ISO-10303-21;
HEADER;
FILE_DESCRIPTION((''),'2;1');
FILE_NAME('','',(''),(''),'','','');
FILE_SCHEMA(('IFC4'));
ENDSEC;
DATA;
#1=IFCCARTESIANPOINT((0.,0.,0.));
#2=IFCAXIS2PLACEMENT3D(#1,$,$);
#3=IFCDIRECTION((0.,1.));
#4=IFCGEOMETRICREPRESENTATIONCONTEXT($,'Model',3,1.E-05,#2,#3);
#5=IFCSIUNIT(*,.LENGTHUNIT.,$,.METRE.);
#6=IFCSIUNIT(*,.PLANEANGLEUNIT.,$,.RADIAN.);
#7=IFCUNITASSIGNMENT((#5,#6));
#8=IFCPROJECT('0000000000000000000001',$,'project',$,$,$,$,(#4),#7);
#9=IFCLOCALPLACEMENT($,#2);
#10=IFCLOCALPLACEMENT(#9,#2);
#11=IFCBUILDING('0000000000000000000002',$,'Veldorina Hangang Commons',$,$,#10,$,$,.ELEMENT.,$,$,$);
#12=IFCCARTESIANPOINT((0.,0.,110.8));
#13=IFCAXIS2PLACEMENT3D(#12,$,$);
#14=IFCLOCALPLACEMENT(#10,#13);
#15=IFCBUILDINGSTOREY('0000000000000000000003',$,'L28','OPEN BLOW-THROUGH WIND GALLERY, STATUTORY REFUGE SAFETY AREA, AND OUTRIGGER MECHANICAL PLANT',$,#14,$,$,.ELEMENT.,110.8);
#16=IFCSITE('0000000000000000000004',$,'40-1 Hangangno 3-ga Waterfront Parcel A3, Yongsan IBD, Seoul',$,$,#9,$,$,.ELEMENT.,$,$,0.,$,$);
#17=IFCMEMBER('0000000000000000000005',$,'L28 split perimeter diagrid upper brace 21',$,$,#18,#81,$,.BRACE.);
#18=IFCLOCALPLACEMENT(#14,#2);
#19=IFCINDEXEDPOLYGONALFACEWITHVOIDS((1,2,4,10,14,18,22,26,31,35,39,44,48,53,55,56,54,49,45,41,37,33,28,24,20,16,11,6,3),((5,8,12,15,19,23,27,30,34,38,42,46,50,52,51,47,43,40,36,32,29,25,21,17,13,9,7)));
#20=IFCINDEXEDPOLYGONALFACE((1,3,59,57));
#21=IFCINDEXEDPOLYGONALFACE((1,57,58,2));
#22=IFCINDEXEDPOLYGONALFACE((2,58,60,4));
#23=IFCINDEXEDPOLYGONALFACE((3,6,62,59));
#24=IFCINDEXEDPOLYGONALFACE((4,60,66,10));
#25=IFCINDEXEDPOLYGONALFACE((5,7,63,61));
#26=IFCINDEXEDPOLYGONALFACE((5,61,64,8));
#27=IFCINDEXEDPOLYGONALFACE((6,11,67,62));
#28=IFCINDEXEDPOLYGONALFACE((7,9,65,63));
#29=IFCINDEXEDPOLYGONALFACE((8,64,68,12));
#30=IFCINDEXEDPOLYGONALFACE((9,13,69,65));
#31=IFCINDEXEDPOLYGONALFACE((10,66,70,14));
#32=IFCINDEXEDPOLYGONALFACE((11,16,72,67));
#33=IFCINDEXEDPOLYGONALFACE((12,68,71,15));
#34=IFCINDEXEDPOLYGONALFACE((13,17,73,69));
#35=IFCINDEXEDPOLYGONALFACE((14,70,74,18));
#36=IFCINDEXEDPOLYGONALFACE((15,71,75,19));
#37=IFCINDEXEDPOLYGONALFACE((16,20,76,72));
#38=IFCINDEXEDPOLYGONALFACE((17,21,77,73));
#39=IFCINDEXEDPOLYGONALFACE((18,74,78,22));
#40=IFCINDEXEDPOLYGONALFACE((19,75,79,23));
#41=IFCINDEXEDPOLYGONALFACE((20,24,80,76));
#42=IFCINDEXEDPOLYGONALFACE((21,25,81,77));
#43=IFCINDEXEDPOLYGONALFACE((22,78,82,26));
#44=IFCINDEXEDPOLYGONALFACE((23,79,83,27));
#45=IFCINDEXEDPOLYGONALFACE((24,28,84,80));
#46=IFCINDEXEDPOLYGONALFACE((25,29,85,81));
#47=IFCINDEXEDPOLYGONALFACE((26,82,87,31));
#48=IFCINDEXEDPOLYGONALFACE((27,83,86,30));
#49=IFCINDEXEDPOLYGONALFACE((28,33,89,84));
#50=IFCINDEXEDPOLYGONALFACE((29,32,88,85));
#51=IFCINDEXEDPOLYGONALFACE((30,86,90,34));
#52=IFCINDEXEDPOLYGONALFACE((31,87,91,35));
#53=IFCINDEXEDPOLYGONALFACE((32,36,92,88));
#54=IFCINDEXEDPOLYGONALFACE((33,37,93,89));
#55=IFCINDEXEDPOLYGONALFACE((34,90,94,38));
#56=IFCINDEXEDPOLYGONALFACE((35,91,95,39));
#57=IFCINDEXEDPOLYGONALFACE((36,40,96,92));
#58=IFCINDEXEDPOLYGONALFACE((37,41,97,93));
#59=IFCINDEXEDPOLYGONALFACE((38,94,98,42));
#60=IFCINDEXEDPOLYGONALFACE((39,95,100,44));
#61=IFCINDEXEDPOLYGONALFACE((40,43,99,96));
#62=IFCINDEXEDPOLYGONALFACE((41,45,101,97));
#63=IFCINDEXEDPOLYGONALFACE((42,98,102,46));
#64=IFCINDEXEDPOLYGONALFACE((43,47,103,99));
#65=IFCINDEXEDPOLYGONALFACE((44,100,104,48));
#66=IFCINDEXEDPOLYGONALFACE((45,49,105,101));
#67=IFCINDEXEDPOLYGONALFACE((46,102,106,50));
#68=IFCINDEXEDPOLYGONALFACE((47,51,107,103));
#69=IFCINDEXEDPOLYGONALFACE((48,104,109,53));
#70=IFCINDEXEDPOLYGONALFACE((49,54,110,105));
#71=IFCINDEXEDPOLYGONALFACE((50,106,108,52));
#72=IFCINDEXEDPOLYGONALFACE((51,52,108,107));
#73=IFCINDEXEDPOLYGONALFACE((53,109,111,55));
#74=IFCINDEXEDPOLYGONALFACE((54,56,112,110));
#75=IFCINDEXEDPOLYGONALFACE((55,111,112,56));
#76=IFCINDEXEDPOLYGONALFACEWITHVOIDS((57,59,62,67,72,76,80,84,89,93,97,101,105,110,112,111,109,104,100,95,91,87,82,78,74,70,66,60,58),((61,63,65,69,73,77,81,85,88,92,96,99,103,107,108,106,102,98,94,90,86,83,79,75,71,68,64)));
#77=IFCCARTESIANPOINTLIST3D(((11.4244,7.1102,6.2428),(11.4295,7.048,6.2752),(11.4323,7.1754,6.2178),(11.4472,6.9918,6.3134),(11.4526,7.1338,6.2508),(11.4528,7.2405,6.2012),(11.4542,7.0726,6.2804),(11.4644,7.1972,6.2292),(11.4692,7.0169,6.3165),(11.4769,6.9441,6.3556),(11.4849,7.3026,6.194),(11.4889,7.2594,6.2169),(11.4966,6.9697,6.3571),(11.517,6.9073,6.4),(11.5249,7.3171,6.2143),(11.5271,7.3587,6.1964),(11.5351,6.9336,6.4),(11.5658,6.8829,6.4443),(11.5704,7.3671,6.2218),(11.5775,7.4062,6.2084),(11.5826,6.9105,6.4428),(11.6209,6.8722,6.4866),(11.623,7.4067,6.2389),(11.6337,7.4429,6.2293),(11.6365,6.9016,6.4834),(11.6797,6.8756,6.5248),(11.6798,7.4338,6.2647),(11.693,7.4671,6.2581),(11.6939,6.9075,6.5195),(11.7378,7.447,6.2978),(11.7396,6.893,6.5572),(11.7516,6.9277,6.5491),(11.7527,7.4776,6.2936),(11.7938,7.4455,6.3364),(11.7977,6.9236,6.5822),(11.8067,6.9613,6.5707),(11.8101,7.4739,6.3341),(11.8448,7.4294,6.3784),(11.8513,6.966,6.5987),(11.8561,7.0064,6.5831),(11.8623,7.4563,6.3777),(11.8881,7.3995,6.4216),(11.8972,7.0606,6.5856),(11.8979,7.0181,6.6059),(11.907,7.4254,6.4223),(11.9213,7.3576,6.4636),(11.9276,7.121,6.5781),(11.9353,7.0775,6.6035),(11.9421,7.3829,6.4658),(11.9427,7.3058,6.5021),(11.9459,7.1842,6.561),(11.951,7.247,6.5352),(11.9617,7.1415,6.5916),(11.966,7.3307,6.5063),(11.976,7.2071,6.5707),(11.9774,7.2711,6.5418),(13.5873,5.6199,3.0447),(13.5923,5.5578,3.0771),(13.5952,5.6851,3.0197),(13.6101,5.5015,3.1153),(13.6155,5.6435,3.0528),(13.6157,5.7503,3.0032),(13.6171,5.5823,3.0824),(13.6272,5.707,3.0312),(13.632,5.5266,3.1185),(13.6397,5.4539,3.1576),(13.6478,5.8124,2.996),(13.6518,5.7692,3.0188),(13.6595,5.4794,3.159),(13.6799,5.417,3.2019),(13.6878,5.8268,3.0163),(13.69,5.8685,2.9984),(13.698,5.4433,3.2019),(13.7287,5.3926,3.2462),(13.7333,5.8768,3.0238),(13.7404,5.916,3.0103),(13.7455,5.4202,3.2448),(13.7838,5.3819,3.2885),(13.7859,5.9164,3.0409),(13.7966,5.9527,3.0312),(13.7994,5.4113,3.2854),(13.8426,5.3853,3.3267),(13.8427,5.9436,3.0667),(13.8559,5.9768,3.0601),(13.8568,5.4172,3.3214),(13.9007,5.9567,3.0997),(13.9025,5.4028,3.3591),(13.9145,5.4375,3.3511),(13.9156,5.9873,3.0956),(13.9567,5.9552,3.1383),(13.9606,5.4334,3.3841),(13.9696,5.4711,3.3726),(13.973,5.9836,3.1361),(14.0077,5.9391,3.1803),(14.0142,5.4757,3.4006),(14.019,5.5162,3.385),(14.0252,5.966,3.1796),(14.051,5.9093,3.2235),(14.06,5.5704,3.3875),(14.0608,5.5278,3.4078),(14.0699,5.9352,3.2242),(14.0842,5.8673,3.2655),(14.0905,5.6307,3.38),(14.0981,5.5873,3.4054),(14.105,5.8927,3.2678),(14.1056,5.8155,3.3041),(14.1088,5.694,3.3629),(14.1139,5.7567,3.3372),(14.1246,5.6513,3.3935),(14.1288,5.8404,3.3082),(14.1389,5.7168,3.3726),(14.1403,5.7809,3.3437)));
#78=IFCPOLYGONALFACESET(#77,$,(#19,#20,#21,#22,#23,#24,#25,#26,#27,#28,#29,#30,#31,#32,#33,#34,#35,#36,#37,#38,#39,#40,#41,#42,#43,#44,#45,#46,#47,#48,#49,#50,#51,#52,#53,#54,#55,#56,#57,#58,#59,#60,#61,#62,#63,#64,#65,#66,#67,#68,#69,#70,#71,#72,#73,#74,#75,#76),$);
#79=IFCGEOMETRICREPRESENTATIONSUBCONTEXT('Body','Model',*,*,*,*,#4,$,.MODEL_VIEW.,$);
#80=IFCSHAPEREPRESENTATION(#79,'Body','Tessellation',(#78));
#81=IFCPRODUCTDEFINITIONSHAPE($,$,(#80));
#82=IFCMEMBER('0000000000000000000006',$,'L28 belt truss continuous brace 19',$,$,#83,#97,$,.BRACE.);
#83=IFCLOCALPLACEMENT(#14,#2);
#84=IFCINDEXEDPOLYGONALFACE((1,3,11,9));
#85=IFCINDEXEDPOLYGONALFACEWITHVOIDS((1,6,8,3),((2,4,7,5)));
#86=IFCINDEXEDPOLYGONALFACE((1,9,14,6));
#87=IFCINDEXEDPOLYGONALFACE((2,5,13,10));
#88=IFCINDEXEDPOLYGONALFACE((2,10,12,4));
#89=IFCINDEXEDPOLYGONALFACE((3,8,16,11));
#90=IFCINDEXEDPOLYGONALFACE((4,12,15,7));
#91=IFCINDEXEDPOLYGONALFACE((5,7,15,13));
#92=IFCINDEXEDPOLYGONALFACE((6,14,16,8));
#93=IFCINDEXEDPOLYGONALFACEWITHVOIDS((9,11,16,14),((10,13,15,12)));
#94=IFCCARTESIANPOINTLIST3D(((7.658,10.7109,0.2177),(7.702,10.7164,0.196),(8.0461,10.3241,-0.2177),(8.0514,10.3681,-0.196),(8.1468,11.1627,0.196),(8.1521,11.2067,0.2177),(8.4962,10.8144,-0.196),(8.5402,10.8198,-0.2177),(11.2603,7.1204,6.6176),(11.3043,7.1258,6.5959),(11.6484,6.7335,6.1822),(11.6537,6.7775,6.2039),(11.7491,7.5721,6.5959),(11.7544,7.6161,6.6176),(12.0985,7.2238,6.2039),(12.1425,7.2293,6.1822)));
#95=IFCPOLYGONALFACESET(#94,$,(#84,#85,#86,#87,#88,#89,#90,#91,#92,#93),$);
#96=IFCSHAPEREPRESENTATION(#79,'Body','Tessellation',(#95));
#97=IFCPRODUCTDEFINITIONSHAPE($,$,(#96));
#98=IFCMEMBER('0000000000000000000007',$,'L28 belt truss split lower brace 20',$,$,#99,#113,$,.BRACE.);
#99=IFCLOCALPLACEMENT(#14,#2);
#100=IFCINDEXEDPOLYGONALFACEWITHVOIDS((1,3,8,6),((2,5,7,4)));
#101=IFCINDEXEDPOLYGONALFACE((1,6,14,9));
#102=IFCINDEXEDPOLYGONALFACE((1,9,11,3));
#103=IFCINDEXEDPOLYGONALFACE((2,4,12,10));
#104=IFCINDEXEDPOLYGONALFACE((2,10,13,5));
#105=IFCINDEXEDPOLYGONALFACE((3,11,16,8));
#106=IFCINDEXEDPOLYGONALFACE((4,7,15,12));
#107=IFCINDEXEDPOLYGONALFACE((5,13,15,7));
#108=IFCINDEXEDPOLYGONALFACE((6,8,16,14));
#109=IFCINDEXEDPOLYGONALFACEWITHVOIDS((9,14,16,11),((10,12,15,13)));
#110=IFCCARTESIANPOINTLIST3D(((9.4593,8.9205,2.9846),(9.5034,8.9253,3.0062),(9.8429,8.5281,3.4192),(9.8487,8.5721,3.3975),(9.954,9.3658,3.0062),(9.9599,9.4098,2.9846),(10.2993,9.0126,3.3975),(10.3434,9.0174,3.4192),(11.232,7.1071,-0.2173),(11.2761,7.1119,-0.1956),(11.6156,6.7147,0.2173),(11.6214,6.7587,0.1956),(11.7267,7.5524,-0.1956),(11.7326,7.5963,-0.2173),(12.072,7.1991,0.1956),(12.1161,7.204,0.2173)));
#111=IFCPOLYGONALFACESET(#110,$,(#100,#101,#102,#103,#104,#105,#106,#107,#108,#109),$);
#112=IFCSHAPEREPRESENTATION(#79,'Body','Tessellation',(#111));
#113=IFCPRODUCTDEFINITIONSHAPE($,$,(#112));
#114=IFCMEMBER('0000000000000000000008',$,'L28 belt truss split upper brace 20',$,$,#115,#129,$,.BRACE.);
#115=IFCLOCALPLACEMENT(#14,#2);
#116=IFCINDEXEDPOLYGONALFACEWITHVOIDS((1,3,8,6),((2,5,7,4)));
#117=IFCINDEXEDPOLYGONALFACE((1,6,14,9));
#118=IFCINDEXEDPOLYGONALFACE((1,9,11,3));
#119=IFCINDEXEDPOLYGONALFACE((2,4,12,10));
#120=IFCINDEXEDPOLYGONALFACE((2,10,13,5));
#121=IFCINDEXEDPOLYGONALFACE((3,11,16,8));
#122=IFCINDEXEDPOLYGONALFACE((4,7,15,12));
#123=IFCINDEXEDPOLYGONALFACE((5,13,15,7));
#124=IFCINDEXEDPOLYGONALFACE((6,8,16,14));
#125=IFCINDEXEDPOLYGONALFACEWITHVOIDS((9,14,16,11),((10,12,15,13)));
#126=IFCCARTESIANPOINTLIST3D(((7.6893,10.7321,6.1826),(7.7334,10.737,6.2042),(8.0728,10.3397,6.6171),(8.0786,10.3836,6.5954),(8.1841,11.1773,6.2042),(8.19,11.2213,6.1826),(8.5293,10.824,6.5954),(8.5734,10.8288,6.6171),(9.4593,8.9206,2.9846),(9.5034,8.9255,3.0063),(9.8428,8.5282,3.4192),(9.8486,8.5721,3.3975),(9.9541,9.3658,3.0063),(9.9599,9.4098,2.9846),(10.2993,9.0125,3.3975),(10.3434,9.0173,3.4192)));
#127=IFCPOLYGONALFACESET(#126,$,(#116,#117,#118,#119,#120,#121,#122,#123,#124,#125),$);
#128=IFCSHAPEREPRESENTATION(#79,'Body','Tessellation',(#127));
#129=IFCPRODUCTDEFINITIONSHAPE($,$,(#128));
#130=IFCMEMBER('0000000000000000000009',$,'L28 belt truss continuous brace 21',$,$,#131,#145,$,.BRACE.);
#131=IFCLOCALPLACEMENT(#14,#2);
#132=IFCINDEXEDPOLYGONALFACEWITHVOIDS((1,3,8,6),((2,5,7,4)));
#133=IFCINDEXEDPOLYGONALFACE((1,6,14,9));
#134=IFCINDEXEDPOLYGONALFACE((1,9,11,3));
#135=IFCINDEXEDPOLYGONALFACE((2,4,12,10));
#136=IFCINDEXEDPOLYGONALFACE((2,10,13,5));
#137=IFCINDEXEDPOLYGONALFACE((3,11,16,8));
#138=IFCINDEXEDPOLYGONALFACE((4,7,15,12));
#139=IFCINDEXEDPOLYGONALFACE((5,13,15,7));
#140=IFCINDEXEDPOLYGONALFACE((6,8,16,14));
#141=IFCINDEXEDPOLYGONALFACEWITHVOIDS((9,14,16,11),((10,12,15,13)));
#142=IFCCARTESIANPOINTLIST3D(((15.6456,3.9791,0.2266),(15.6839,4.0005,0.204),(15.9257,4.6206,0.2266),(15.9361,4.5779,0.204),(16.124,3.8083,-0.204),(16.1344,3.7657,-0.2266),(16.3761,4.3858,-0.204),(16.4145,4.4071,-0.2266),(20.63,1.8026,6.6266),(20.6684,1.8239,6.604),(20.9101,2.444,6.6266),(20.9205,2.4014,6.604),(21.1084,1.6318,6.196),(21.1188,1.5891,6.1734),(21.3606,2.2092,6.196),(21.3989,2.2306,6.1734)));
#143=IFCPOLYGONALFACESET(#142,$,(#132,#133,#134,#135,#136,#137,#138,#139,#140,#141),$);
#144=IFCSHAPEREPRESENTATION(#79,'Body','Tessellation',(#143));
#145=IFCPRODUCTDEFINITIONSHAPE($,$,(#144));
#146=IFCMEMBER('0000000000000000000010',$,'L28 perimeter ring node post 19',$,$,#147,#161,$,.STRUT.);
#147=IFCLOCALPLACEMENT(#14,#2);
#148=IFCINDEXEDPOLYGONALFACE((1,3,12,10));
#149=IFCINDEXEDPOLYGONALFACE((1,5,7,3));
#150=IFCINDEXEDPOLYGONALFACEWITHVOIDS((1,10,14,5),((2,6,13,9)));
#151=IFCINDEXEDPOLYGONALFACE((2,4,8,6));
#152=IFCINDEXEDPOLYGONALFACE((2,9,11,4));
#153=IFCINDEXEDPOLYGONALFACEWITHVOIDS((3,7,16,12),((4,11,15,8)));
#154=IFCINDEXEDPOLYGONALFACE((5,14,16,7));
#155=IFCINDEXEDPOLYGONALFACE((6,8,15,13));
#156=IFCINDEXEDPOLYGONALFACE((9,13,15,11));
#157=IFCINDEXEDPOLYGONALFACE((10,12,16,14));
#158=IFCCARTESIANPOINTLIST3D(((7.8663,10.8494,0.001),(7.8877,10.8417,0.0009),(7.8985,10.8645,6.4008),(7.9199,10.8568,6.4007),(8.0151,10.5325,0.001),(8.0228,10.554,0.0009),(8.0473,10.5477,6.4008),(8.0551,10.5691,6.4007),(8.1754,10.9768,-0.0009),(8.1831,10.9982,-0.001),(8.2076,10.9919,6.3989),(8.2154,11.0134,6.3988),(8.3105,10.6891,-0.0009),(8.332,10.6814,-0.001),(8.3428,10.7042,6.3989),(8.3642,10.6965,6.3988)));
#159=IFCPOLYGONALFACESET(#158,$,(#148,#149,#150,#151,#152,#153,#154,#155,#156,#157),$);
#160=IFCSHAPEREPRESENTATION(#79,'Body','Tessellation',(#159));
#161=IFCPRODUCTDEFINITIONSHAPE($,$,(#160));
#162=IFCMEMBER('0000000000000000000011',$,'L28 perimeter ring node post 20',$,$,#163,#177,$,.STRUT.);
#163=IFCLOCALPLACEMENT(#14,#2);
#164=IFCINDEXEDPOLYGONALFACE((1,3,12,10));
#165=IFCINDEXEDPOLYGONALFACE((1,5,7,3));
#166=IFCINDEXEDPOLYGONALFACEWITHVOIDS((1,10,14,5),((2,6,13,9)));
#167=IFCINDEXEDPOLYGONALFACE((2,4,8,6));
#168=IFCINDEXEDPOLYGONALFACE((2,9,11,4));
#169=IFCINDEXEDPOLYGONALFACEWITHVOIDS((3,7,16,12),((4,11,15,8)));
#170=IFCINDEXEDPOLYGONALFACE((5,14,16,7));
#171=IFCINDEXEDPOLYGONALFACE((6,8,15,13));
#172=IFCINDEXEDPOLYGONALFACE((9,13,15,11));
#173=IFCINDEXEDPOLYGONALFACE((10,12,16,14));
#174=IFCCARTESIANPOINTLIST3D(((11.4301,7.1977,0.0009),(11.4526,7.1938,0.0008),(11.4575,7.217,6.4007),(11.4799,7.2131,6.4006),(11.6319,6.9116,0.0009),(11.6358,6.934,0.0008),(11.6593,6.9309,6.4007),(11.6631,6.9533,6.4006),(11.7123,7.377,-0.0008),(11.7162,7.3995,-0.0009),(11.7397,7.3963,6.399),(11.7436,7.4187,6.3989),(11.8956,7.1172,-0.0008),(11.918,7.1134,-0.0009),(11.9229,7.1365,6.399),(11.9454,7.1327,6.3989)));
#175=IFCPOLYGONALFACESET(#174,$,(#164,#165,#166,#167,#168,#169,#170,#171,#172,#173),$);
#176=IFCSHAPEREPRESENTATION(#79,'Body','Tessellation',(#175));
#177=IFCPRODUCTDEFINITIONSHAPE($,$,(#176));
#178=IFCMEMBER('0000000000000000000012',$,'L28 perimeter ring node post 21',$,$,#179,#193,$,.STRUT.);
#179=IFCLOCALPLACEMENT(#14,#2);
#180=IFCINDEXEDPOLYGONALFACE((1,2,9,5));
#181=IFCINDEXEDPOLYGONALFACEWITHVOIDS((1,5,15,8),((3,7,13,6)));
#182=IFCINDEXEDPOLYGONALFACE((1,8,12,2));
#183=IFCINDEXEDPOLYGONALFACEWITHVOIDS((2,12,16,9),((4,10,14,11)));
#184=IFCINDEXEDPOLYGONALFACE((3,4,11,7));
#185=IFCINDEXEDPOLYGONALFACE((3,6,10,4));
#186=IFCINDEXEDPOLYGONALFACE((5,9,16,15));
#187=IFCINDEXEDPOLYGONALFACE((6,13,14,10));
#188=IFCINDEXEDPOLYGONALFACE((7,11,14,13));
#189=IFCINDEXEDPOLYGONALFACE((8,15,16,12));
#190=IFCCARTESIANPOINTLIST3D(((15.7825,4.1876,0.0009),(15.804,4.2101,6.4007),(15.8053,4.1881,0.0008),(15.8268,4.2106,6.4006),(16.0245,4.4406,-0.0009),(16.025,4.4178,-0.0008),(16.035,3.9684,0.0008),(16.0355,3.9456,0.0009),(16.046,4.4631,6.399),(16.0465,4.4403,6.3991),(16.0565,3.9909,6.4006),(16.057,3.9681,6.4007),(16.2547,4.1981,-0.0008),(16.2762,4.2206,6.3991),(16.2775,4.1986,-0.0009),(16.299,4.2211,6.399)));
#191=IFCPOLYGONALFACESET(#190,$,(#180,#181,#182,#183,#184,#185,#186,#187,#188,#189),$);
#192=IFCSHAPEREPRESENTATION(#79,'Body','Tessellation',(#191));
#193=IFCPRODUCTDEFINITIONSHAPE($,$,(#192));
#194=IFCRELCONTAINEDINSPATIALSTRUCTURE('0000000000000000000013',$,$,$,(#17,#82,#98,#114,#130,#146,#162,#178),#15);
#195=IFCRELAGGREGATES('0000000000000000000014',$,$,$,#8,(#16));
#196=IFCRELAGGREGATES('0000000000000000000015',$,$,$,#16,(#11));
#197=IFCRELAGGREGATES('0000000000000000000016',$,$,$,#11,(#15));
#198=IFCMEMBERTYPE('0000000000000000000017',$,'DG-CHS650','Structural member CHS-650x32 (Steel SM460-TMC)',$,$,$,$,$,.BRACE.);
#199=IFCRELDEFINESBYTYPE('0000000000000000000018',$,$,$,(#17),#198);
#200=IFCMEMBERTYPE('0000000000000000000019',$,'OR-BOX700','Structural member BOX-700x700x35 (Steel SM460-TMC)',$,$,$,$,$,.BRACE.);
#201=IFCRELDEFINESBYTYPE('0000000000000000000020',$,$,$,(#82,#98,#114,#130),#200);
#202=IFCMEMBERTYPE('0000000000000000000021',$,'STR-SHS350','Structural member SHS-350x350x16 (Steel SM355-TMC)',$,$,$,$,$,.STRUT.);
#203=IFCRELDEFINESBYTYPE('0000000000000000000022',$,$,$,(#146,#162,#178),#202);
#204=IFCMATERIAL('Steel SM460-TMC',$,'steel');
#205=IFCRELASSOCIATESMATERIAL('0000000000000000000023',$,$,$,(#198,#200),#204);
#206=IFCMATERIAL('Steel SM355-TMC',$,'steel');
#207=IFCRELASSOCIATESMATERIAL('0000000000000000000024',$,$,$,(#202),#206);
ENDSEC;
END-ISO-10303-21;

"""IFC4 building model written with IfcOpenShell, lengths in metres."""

from ifc_helpers import new_model, si_unit, direction, frame, origin, origin_2d, place, context, subcontext, project, spatial, hollow_rectangle, hollow_circle, extrude, material, material_profile, profile_set, type_object, element, save


model = new_model("IFC4")

# Units and contexts
model_context = context("Model", 3, precision=1e-05, world=origin(), true_north=direction((0.0, 1.0)))
body_context = subcontext(model_context, "Body", "Model", "MODEL_VIEW")
ifc_project = project(units=[si_unit("LENGTHUNIT", "METRE"), si_unit("PLANEANGLEUNIT", "RADIAN")], contexts=[model_context])

# Site, building, storey
site_placement = place(None, origin())
site = spatial("IfcSite", under=ifc_project, at=site_placement, Name="40-1 Hangangno 3-ga Waterfront Parcel A3, Yongsan IBD, Seoul", CompositionType="ELEMENT", RefElevation=0.0)
building_placement = place(site_placement, origin())
building = spatial("IfcBuilding", under=site, at=building_placement, Name="Veldorina Hangang Commons", CompositionType="ELEMENT")
storey_placement = place(building_placement, frame((0.0, 0.0, 110.8)))
storey = spatial("IfcBuildingStorey", under=building, at=storey_placement, Name="L28", Description="OPEN BLOW-THROUGH WIND GALLERY, STATUTORY REFUGE SAFETY AREA, AND OUTRIGGER MECHANICAL PLANT", CompositionType="ELEMENT", Elevation=110.8)

# Shared definitions
ifc_material_1 = material(Name="Steel SM460-TMC", Category="steel")

# Members
ifc_material_profile_1 = material_profile(ifc_material_1, hollow_circle(Radius=0.325, WallThickness=0.032, at=origin_2d()), Name="CHS-650x32")
ifc_profile_set_1 = profile_set([ifc_material_profile_1], Name="Steel SM460-TMC")
member_type_1 = type_object("IfcMemberType", Name="DG-CHS650", Description="Structural member CHS-650x32 (Steel SM460-TMC)", PredefinedType="BRACE", material=ifc_profile_set_1)
member_1_placement = place(storey_placement, frame((13.8643, 5.6846, 3.2019), z_axis=(-0.522635, 0.360104, 0.772773), x_axis=(-0.567377, -0.823458, 0.0)))
element("IfcMember", 1, at=member_1_placement, inside=storey, type_object=member_type_1, Name="L28 split perimeter diagrid upper brace 21", PredefinedType="BRACE", context=body_context, shape_type="SweptSolid", body=[
    extrude(hollow_circle(Radius=0.325, WallThickness=0.032, at=origin_2d()), origin(), (0.0, 0.0, 1.0), 4.1384),
])
ifc_material_profile_2 = material_profile(ifc_material_1, hollow_rectangle(XDim=0.7, YDim=0.7, WallThickness=0.0349, at=origin_2d()), Name="BOX-700x700x35")
ifc_profile_set_2 = profile_set([ifc_material_profile_2], Name="Steel SM460-TMC")
member_type_2 = type_object("IfcMemberType", Name="OR-BOX700", Description="Structural member BOX-700x700x35 (Steel SM460-TMC)", PredefinedType="BRACE", material=ifc_profile_set_2)
member_2_placement = place(storey_placement, frame((8.0991, 10.7654, 0.0), z_axis=(0.440658, -0.439224, 0.782881), x_axis=(0.705954, 0.708258, 0.0)))
element("IfcMember", 2, at=member_2_placement, inside=storey, type_object=member_type_2, Name="L28 belt truss continuous brace 19", PredefinedType="BRACE", context=body_context, shape_type="SweptSolid", body=[
    extrude(hollow_rectangle(XDim=0.7, YDim=0.7, WallThickness=0.0349, at=origin_2d()), origin(), (0.0, 0.0, 1.0), 8.1748),
])
member_3_placement = place(storey_placement, frame((11.6741, 7.1555, 0.0), z_axis=(-0.434005, 0.443987, 0.78391), x_axis=(-0.7151, -0.699022, 0.0)))
element("IfcMember", 3, at=member_3_placement, inside=storey, type_object=member_type_2, Name="L28 belt truss split lower brace 20", PredefinedType="BRACE", context=body_context, shape_type="SweptSolid", body=[
    extrude(hollow_rectangle(XDim=0.7, YDim=0.7, WallThickness=0.0349, at=origin_2d()), origin(), (0.0, 0.0, 1.0), 4.0845),
])
member_4_placement = place(storey_placement, frame((9.9014, 8.969, 3.2019), z_axis=(-0.433889, 0.444062, 0.783932), x_axis=(-0.715253, -0.698866, 0.0)))
element("IfcMember", 4, at=member_4_placement, inside=storey, type_object=member_type_2, Name="L28 belt truss split upper brace 20", PredefinedType="BRACE", context=body_context, shape_type="SweptSolid", body=[
    extrude(hollow_rectangle(XDim=0.7, YDim=0.7, WallThickness=0.0349, at=origin_2d()), origin(), (0.0, 0.0, 1.0), 4.0793),
])
member_5_placement = place(storey_placement, frame((16.03, 4.1931, 0.0), z_axis=(0.593462, -0.259146, 0.762001), x_axis=(0.400178, 0.916437, 0.0)))
element("IfcMember", 5, at=member_5_placement, inside=storey, type_object=member_type_2, Name="L28 belt truss continuous brace 21", PredefinedType="BRACE", context=body_context, shape_type="SweptSolid", body=[
    extrude(hollow_rectangle(XDim=0.7, YDim=0.7, WallThickness=0.0349, at=origin_2d()), origin(), (0.0, 0.0, 1.0), 8.3989),
])
ifc_material_2 = material(Name="Steel SM355-TMC", Category="steel")
ifc_material_profile_3 = material_profile(ifc_material_2, hollow_rectangle(XDim=0.3501, YDim=0.3501, WallThickness=0.0161, at=origin_2d()), Name="SHS-350x350x16")
ifc_profile_set_3 = profile_set([ifc_material_profile_3], Name="Steel SM355-TMC")
member_type_3 = type_object("IfcMemberType", Name="STR-SHS350", Description="Structural member SHS-350x350x16 (Steel SM355-TMC)", PredefinedType="STRUT", material=ifc_profile_set_3)
for number, where, z_axis, x_axis, name in (
    (6, (8.0991, 10.7654, 0.0), (0.005035, 0.002365, 0.999985), (-0.425136, 0.905129, 0.0), "L28 perimeter ring node post 19"),
    (7, (11.6741, 7.1555, 0.0), (0.004272, 0.003014, 0.999986), (-0.576397, 0.81717, 0.0), "L28 perimeter ring node post 20"),
    (8, (16.03, 4.1931, 0.0), (0.003357, 0.00351, 0.999988), (-0.722642, 0.691223, 0.0), "L28 perimeter ring node post 21"),
):
    element("IfcMember", number, at=place(storey_placement, frame(where, z_axis=z_axis, x_axis=x_axis)), inside=storey, type_object=member_type_3, Name=name, PredefinedType="STRUT", context=body_context, shape_type="SweptSolid", body=[
        extrude(hollow_rectangle(XDim=0.3501, YDim=0.3501, WallThickness=0.0161, at=origin_2d()), origin(), (0.0, 0.0, 1.0), 6.3999),
    ])

save(model, "model.ifc")
